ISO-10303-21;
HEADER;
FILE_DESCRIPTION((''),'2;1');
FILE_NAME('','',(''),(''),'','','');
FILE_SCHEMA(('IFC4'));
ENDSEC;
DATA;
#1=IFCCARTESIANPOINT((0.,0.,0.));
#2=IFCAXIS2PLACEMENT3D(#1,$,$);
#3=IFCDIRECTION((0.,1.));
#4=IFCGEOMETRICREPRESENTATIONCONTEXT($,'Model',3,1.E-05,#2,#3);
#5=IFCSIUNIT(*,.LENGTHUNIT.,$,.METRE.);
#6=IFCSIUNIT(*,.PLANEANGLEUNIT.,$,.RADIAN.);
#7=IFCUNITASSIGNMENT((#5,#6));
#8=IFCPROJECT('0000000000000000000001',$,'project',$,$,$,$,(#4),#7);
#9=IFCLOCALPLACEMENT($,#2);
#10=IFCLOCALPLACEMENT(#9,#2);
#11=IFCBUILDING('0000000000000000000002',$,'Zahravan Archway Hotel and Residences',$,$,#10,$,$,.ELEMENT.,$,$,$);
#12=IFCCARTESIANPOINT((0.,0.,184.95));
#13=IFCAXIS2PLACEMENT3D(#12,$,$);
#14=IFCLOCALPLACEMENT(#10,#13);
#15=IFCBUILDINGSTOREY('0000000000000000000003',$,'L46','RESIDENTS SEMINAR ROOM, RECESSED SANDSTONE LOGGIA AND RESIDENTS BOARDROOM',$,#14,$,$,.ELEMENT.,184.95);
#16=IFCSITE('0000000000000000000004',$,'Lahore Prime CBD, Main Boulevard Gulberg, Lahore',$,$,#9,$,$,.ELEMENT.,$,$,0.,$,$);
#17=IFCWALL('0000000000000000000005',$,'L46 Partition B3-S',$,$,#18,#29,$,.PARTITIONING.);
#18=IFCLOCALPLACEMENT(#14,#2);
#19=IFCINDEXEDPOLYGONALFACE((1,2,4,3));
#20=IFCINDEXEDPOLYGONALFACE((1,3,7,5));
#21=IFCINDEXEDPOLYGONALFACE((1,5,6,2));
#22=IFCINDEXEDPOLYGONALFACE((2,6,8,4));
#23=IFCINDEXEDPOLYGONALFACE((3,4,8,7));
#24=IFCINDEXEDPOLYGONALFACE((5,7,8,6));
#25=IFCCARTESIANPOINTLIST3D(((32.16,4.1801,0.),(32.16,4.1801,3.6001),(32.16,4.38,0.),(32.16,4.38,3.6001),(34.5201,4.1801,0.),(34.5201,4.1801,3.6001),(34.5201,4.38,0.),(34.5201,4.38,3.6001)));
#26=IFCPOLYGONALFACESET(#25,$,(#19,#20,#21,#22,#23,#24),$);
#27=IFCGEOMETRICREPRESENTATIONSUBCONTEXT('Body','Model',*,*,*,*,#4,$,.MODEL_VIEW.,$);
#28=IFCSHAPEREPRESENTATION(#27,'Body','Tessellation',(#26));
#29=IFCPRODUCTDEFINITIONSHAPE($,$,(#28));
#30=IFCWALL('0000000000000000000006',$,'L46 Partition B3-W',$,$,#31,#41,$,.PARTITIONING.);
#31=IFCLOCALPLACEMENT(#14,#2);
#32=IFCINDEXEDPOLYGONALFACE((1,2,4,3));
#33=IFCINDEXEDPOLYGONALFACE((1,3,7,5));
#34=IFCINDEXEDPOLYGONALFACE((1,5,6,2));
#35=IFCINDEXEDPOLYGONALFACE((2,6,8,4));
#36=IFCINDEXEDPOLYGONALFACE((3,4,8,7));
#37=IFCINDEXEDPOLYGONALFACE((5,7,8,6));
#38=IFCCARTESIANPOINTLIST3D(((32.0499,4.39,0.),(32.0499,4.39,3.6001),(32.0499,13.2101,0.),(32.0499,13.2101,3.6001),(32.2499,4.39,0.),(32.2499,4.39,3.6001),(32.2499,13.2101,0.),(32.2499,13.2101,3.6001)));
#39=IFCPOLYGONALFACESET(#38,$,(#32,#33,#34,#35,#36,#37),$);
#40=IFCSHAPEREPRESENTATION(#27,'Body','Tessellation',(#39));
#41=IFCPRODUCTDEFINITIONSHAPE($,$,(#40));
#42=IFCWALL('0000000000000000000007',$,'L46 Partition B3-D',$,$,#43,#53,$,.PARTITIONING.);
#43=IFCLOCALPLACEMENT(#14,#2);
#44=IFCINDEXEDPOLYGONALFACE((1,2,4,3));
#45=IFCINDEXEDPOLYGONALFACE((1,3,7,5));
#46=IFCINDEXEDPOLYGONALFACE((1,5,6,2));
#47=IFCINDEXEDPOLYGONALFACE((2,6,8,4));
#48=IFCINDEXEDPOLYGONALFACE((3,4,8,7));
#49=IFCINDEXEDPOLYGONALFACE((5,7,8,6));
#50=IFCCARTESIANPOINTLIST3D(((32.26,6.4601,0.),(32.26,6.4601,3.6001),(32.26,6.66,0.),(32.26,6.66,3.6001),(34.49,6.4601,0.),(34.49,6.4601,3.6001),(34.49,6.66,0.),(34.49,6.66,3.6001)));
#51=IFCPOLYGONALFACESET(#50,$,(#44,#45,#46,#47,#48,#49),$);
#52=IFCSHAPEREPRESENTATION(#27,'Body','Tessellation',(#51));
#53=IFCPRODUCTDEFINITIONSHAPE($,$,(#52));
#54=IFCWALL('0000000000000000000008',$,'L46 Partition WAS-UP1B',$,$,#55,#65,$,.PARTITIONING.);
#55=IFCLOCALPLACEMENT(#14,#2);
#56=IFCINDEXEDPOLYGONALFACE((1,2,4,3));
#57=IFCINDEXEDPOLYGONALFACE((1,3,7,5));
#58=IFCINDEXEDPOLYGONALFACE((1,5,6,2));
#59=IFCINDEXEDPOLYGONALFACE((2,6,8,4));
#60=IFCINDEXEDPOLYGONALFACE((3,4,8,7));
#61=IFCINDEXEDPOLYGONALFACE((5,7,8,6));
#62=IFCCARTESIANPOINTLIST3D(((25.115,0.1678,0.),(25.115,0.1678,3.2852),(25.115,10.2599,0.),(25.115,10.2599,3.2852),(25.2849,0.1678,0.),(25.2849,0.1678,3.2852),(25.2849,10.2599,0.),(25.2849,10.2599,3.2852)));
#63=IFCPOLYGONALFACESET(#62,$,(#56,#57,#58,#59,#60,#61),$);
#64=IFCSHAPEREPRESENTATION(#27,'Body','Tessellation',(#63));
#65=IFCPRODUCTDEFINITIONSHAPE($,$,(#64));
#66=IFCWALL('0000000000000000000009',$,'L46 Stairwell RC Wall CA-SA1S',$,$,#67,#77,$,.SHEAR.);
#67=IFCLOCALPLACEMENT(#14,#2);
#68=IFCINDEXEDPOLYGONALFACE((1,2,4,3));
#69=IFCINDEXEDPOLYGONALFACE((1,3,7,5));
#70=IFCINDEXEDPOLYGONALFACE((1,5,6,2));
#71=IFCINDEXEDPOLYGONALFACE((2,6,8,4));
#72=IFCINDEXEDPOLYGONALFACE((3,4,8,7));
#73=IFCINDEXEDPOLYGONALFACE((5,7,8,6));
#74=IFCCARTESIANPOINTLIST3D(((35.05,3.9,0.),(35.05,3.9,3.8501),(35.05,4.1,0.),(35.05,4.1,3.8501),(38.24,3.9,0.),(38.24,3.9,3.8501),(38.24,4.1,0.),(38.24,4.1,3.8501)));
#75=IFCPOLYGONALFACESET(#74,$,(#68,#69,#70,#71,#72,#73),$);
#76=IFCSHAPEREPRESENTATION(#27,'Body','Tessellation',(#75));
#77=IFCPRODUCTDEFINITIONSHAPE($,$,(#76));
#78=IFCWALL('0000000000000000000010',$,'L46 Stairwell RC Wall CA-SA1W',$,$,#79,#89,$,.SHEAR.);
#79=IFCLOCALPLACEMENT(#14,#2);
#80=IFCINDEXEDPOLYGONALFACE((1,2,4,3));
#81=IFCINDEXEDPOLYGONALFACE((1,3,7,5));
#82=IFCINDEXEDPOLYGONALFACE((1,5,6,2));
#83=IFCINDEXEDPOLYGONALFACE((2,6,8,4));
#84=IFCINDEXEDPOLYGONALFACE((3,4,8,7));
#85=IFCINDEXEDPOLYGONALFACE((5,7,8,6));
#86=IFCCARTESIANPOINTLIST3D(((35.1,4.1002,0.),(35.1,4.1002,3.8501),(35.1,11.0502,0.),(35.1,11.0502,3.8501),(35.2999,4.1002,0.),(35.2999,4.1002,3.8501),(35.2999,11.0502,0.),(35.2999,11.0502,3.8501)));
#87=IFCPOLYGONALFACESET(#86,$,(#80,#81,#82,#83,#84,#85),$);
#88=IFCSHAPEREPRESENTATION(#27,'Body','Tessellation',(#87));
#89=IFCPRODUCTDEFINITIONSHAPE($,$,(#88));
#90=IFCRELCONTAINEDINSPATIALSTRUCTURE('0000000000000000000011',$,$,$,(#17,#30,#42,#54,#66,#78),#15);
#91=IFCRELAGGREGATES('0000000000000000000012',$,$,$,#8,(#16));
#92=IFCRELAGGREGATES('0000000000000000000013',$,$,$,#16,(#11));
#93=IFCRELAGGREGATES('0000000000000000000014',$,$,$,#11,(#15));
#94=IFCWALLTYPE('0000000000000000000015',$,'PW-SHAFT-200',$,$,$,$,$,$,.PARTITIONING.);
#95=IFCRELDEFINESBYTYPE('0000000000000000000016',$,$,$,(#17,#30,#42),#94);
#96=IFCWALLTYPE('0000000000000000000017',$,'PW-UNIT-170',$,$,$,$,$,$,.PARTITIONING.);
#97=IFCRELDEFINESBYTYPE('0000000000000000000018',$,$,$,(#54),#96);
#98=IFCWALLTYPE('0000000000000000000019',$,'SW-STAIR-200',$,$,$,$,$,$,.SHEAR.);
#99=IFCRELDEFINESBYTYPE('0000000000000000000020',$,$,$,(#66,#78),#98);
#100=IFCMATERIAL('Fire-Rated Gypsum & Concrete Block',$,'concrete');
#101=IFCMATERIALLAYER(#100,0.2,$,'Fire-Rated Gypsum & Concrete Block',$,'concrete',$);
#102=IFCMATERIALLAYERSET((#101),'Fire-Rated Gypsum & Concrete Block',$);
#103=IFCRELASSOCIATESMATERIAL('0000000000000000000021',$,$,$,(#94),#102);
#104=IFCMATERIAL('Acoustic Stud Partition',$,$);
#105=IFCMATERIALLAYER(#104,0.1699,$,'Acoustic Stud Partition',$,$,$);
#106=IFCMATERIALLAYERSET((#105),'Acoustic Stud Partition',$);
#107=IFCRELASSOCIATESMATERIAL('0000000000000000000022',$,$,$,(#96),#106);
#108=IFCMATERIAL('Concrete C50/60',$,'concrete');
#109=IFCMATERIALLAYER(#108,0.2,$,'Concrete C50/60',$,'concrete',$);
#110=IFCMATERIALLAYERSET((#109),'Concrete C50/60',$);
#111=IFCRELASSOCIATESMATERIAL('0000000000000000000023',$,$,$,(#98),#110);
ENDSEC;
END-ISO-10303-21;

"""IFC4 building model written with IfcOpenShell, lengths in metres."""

from ifc_helpers import new_model, si_unit, direction, frame, frame_2d, origin, place, context, subcontext, project, spatial, rectangle, extrude, material, layer, layer_set, type_object, element, save


model = new_model("IFC4")

# Units and contexts
model_context = context("Model", 3, precision=1e-05, world=origin(), true_north=direction((0.0, 1.0)))
body_context = subcontext(model_context, "Body", "Model", "MODEL_VIEW")
ifc_project = project(units=[si_unit("LENGTHUNIT", "METRE"), si_unit("PLANEANGLEUNIT", "RADIAN")], contexts=[model_context])

# Site, building, storey
site_placement = place(None, origin())
site = spatial("IfcSite", under=ifc_project, at=site_placement, Name="Lahore Prime CBD, Main Boulevard Gulberg, Lahore", CompositionType="ELEMENT", RefElevation=0.0)
building_placement = place(site_placement, origin())
building = spatial("IfcBuilding", under=site, at=building_placement, Name="Zahravan Archway Hotel and Residences", CompositionType="ELEMENT")
storey_placement = place(building_placement, frame((0.0, 0.0, 184.95)))
storey = spatial("IfcBuildingStorey", under=building, at=storey_placement, Name="L46", Description="RESIDENTS SEMINAR ROOM, RECESSED SANDSTONE LOGGIA AND RESIDENTS BOARDROOM", CompositionType="ELEMENT", Elevation=184.95)

# Shared definitions
ifc_material_1 = material(Name="Fire-Rated Gypsum & Concrete Block", Category="concrete")

# Walls
ifc_layer_1 = layer(ifc_material_1, 0.2, Name="Fire-Rated Gypsum & Concrete Block", Category="concrete")
ifc_layer_set_1 = layer_set([ifc_layer_1], Name="Fire-Rated Gypsum & Concrete Block")
wall_type_1 = type_object("IfcWallType", Name="PW-SHAFT-200", PredefinedType="PARTITIONING", material=ifc_layer_set_1)
wall_1_placement = place(storey_placement, frame((32.1599, 4.28, 0.0), z_axis=(0.0, 0.0, 1.0), x_axis=(1.0, 0.0, 0.0)))
element("IfcWall", 1, at=wall_1_placement, inside=storey, type_object=wall_type_1, Name="L46 Partition B3-S", PredefinedType="PARTITIONING", context=body_context, shape_type="SweptSolid", body=[
    extrude(rectangle(XDim=2.3601, YDim=0.2, at=frame_2d((1.1802, 0.0))), origin(), (0.0, 0.0, 1.0), 3.6001),
])
wall_2_placement = place(storey_placement, frame((32.1499, 4.3899, 0.0), z_axis=(0.0, 0.0, 1.0), x_axis=(0.0, 1.0, 0.0)))
element("IfcWall", 2, at=wall_2_placement, inside=storey, type_object=wall_type_1, Name="L46 Partition B3-W", PredefinedType="PARTITIONING", context=body_context, shape_type="SweptSolid", body=[
    extrude(rectangle(XDim=8.8201, YDim=0.2, at=frame_2d((4.4102, 0.0))), origin(), (0.0, 0.0, 1.0), 3.6001),
])
wall_3_placement = place(storey_placement, frame((32.26, 6.5601, 0.0), z_axis=(0.0, 0.0, 1.0), x_axis=(1.0, 0.0, 0.0)))
element("IfcWall", 3, at=wall_3_placement, inside=storey, type_object=wall_type_1, Name="L46 Partition B3-D", PredefinedType="PARTITIONING", context=body_context, shape_type="SweptSolid", body=[
    extrude(rectangle(XDim=2.23, YDim=0.2, at=frame_2d((1.115, 0.0))), origin(), (0.0, 0.0, 1.0), 3.6001),
])
ifc_material_2 = material(Name="Acoustic Stud Partition")
ifc_layer_2 = layer(ifc_material_2, 0.1699, Name="Acoustic Stud Partition")
ifc_layer_set_2 = layer_set([ifc_layer_2], Name="Acoustic Stud Partition")
wall_type_2 = type_object("IfcWallType", Name="PW-UNIT-170", PredefinedType="PARTITIONING", material=ifc_layer_set_2)
wall_4_placement = place(storey_placement, frame((25.2, 0.168, 0.0), z_axis=(0.0, 0.0, 1.0), x_axis=(0.0, 1.0, 0.0)))
element("IfcWall", 4, at=wall_4_placement, inside=storey, type_object=wall_type_2, Name="L46 Partition WAS-UP1B", PredefinedType="PARTITIONING", context=body_context, shape_type="SweptSolid", body=[
    extrude(rectangle(XDim=10.092, YDim=0.1699, at=frame_2d((5.0459, 0.0))), origin(), (0.0, 0.0, 1.0), 3.2852),
])
ifc_material_3 = material(Name="Concrete C50/60", Category="concrete")
ifc_layer_3 = layer(ifc_material_3, 0.2, Name="Concrete C50/60", Category="concrete")
ifc_layer_set_3 = layer_set([ifc_layer_3], Name="Concrete C50/60")
wall_type_3 = type_object("IfcWallType", Name="SW-STAIR-200", PredefinedType="SHEAR", material=ifc_layer_set_3)
wall_5_placement = place(storey_placement, frame((35.05, 4.0, 0.0), z_axis=(0.0, 0.0, 1.0), x_axis=(1.0, 0.0, 0.0)))
element("IfcWall", 5, at=wall_5_placement, inside=storey, type_object=wall_type_3, Name="L46 Stairwell RC Wall CA-SA1S", PredefinedType="SHEAR", context=body_context, shape_type="SweptSolid", body=[
    extrude(rectangle(XDim=3.1899, YDim=0.2, at=frame_2d((1.595, 0.0))), origin(), (0.0, 0.0, 1.0), 3.8501),
])
wall_6_placement = place(storey_placement, frame((35.2, 4.1001, 0.0), z_axis=(0.0, 0.0, 1.0), x_axis=(0.0, 1.0, 0.0)))
element("IfcWall", 6, at=wall_6_placement, inside=storey, type_object=wall_type_3, Name="L46 Stairwell RC Wall CA-SA1W", PredefinedType="SHEAR", context=body_context, shape_type="SweptSolid", body=[
    extrude(rectangle(XDim=6.95, YDim=0.2, at=frame_2d((3.4751, 0.0))), origin(), (0.0, 0.0, 1.0), 3.8501),
])

save(model, "model.ifc")
